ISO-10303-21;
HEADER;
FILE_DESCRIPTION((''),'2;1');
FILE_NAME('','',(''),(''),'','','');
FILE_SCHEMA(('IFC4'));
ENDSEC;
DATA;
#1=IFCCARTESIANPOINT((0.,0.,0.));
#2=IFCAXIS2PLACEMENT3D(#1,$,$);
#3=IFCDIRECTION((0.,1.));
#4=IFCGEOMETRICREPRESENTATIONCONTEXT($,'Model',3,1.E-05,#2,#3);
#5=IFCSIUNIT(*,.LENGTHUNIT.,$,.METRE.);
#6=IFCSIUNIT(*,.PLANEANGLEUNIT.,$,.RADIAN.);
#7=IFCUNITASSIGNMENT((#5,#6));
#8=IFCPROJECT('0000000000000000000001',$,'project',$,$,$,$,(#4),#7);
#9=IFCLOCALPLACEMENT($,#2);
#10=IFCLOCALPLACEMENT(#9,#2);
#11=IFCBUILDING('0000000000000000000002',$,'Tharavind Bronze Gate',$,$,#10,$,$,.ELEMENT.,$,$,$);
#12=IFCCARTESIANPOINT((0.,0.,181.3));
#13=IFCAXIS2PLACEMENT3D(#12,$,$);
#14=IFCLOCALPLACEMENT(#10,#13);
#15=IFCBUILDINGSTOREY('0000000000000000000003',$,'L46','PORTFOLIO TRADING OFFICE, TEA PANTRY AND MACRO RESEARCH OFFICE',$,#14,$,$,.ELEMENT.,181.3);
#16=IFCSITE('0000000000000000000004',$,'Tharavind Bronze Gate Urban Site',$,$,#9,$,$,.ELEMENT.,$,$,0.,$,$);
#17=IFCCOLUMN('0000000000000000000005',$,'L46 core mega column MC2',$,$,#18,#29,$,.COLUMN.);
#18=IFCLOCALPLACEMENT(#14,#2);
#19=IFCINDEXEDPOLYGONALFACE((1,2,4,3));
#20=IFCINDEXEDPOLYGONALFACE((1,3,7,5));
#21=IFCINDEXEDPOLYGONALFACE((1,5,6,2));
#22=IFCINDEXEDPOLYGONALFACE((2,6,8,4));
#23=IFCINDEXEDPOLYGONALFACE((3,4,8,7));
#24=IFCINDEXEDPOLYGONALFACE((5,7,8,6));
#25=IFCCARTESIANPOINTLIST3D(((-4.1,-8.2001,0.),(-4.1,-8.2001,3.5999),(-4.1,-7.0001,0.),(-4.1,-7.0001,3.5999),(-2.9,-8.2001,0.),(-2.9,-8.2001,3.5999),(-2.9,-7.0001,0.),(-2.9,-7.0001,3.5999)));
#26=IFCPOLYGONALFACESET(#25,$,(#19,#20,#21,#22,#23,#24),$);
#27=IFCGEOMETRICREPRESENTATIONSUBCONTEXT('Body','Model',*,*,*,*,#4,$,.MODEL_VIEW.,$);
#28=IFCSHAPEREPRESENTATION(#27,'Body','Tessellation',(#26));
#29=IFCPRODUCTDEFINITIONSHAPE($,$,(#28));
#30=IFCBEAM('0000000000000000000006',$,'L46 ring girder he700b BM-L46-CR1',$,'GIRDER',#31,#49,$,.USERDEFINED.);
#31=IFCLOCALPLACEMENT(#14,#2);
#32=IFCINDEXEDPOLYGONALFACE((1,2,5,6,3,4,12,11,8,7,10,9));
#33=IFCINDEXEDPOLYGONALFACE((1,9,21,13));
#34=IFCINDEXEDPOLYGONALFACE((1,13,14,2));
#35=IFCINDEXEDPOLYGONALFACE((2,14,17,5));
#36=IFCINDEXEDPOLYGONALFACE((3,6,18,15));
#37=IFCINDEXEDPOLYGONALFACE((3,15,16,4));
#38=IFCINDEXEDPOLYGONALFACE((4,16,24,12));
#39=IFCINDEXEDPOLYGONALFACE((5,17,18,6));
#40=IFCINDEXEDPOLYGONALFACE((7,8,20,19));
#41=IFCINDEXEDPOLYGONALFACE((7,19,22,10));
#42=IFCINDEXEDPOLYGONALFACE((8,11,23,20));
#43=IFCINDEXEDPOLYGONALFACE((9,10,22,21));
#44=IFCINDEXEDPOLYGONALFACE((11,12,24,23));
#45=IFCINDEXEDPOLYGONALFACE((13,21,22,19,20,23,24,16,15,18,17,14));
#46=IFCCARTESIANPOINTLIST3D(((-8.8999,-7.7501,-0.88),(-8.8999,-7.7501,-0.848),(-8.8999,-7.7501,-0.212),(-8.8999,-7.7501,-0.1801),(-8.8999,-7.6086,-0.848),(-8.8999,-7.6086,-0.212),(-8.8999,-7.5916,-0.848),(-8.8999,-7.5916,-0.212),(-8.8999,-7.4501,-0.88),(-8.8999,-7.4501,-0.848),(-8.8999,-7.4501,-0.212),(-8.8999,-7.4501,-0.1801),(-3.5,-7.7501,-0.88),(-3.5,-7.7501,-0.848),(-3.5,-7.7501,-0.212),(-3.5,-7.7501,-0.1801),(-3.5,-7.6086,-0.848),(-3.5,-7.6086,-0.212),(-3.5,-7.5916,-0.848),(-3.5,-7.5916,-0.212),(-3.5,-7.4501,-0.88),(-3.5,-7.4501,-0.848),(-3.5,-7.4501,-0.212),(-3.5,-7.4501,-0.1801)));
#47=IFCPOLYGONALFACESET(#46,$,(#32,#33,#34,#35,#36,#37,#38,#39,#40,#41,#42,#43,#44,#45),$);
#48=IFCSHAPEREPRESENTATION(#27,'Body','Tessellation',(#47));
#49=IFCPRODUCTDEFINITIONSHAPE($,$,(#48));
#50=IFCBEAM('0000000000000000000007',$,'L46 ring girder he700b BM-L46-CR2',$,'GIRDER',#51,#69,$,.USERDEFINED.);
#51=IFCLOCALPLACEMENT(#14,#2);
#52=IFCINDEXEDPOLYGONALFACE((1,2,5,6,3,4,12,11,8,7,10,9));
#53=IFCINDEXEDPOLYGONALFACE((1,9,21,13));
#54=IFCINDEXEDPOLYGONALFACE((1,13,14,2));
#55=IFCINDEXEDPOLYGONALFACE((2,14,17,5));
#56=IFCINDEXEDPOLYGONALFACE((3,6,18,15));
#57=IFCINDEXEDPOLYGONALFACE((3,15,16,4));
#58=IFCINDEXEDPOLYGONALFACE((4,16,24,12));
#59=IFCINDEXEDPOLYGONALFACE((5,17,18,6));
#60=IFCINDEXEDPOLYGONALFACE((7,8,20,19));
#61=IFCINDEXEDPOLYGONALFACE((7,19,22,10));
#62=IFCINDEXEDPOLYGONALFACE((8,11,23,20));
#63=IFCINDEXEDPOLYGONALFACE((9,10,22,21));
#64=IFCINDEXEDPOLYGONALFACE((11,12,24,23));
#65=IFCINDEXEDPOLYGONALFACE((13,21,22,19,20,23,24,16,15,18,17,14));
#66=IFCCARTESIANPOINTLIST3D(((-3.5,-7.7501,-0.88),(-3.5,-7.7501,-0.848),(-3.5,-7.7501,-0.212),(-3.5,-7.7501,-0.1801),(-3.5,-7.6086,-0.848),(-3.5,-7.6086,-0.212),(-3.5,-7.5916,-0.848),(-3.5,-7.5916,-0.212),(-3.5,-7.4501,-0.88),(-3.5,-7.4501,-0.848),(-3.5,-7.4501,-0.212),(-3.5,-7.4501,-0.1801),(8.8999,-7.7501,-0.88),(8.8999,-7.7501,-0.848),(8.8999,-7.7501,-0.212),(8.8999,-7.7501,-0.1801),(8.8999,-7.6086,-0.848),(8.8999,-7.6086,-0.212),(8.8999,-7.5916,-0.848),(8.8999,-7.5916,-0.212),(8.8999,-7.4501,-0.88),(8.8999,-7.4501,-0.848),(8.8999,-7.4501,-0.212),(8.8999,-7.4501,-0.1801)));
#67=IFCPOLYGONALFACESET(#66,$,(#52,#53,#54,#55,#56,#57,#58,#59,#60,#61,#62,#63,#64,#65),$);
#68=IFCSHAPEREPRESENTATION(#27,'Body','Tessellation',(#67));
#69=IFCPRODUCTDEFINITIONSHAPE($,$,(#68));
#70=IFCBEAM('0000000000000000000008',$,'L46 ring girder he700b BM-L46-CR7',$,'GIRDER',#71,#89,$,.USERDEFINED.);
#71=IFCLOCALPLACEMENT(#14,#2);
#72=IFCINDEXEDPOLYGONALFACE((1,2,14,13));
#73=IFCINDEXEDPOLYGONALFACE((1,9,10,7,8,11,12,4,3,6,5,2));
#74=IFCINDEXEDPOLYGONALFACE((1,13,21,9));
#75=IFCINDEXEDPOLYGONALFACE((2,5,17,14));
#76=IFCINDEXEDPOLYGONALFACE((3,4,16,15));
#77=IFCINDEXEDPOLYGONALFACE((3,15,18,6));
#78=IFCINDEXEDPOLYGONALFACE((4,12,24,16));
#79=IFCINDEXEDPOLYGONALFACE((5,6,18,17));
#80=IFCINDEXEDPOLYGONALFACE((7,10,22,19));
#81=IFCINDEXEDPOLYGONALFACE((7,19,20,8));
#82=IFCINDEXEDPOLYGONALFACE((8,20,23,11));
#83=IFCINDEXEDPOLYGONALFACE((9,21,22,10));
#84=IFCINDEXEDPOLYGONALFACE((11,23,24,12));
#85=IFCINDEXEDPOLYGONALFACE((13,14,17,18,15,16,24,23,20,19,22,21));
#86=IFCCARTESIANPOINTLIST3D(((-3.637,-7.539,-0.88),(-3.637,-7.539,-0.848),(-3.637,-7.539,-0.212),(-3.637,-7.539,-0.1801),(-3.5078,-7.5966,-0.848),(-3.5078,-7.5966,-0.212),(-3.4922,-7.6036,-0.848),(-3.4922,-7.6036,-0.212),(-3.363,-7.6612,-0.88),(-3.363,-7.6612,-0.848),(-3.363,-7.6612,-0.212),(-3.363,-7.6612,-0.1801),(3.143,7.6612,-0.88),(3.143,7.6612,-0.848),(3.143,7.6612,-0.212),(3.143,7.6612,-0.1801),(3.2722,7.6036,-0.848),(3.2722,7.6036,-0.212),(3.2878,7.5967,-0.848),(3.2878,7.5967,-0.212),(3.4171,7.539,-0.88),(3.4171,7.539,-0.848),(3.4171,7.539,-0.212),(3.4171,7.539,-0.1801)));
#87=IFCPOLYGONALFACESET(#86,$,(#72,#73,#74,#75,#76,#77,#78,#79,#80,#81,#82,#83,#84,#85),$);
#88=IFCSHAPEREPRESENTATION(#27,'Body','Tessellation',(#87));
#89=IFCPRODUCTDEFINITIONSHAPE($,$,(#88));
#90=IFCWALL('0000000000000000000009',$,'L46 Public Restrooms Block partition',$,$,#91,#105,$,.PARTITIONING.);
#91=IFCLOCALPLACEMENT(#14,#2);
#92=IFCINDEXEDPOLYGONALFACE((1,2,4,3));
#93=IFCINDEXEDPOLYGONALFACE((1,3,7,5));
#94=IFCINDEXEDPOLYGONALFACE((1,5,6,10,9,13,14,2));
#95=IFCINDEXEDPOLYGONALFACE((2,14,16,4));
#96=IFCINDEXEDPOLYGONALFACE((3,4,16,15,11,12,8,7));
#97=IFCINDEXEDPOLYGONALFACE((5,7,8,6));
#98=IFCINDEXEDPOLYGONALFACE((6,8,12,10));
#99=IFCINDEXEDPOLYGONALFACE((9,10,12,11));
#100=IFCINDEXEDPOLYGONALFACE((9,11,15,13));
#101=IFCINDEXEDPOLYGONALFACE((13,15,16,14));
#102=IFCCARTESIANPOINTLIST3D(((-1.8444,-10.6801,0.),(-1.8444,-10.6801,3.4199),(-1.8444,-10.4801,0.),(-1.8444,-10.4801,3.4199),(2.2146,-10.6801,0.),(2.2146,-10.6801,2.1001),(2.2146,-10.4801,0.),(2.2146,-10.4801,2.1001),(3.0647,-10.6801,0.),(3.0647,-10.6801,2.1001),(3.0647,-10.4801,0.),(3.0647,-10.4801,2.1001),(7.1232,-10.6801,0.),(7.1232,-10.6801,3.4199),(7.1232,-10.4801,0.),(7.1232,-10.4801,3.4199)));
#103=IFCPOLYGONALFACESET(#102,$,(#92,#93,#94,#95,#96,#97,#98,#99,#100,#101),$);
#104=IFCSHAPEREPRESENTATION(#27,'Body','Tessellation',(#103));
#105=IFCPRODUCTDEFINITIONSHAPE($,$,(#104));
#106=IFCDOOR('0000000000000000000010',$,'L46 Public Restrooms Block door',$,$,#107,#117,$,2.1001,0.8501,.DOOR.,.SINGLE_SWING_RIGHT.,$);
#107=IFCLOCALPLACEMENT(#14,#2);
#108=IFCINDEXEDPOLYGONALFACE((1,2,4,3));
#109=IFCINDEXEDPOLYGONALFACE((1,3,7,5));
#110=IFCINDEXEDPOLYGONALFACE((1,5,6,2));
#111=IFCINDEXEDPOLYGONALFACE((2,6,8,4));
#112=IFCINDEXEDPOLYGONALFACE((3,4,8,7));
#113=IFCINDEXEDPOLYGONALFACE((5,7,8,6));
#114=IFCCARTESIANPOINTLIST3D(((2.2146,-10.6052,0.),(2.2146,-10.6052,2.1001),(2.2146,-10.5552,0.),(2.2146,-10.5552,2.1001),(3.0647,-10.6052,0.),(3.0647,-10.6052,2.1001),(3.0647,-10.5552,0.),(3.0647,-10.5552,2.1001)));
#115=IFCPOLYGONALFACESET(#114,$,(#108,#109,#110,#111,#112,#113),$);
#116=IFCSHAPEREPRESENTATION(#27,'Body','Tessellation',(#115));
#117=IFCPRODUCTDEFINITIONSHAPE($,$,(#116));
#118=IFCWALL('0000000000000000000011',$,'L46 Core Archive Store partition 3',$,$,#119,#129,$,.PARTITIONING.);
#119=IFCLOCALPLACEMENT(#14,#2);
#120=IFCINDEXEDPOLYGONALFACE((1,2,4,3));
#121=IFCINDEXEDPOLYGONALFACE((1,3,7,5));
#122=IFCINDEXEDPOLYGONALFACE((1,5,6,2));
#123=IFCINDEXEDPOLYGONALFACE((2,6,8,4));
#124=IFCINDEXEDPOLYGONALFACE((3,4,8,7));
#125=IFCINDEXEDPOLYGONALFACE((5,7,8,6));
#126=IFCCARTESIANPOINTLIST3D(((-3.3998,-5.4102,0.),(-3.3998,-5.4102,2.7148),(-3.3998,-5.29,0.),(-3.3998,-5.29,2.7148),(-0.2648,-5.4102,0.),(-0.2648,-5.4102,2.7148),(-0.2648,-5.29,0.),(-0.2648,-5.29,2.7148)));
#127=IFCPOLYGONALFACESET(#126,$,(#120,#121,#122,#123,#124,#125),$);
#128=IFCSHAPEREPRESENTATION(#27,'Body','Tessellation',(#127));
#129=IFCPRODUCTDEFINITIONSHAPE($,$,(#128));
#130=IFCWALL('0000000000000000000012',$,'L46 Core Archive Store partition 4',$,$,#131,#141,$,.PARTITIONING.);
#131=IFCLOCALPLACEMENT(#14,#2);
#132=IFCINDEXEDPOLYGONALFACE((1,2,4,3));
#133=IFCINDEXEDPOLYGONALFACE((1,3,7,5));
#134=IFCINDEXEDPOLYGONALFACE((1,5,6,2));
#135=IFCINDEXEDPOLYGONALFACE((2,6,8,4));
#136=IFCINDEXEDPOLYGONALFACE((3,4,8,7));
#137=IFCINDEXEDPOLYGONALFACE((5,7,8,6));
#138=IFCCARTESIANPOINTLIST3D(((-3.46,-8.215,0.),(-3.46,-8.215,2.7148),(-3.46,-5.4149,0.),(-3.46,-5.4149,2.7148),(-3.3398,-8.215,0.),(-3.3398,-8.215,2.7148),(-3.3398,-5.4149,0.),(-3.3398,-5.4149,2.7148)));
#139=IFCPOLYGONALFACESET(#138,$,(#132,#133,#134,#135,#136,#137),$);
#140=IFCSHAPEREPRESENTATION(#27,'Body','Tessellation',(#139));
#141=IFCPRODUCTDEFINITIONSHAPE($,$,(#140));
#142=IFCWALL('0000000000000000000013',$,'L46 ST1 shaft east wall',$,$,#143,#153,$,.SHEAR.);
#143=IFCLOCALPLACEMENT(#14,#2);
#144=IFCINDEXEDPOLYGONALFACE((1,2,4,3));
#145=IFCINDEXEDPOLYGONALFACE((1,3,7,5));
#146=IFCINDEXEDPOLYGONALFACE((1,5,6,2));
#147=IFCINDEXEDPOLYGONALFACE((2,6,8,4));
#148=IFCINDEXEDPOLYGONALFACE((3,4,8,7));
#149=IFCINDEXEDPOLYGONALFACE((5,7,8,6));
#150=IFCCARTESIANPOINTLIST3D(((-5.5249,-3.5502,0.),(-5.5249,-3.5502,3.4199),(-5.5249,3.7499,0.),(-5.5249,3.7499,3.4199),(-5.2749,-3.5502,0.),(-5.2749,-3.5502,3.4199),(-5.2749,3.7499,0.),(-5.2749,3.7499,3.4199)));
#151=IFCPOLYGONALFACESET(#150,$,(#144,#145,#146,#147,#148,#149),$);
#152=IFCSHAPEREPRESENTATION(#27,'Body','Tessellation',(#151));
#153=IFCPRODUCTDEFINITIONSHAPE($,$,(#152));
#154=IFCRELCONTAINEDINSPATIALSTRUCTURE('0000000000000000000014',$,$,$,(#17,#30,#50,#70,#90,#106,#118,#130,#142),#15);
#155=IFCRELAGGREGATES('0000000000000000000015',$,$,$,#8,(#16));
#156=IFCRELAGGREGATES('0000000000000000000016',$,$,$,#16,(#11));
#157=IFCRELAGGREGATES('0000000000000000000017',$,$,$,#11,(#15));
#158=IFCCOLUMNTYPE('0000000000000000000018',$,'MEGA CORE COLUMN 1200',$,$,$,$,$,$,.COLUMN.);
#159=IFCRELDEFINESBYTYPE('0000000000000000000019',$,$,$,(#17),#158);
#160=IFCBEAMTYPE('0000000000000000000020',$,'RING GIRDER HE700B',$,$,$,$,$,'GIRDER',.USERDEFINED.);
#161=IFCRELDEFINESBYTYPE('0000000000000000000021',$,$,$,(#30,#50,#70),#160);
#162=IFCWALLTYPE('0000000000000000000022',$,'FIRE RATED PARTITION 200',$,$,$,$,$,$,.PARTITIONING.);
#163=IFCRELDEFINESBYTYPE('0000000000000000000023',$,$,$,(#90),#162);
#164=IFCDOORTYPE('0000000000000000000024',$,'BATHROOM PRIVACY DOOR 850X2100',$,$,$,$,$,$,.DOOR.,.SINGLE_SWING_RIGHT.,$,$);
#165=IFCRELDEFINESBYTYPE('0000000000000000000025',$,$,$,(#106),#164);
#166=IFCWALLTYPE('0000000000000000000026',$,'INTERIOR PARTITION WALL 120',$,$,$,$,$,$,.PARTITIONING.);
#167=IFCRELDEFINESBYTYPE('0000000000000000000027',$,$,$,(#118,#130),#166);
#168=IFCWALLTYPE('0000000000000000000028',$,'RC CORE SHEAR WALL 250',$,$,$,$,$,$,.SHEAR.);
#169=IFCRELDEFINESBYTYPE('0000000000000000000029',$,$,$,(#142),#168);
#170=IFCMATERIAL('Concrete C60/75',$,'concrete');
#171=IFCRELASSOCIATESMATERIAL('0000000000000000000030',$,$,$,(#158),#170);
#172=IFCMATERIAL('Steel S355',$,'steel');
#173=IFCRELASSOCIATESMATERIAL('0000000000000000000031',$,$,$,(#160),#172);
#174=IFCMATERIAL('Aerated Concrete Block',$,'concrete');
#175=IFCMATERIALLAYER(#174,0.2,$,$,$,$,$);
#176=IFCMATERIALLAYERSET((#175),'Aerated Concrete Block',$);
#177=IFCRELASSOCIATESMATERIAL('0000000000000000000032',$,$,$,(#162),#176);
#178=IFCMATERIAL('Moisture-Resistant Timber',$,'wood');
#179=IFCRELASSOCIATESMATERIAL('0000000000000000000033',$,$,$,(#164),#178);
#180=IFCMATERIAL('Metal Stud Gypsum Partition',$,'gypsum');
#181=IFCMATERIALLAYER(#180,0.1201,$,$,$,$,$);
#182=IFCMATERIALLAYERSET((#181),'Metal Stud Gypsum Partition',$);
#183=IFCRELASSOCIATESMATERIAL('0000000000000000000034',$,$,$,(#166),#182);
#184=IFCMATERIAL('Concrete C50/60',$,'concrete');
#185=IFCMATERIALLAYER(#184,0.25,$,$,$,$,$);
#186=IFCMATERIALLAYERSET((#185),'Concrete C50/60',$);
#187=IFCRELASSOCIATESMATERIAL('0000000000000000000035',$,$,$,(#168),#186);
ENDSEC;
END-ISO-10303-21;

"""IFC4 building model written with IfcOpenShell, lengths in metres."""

from ifc_helpers import new_model, si_unit, direction, frame, frame_2d, origin, origin_2d, place, context, subcontext, project, spatial, rectangle, i_section, extrude, material, layer, layer_set, material_profile, profile_set, type_object, element, fill, save


model = new_model("IFC4")

# Units and contexts
model_context = context("Model", 3, precision=1e-05, world=origin(), true_north=direction((0.0, 1.0)))
body_context = subcontext(model_context, "Body", "Model", "MODEL_VIEW")
ifc_project = project(units=[si_unit("LENGTHUNIT", "METRE"), si_unit("PLANEANGLEUNIT", "RADIAN")], contexts=[model_context])

# Site, building, storey
site_placement = place(None, origin())
site = spatial("IfcSite", under=ifc_project, at=site_placement, Name="Tharavind Bronze Gate Urban Site", CompositionType="ELEMENT", RefElevation=0.0)
building_placement = place(site_placement, origin())
building = spatial("IfcBuilding", under=site, at=building_placement, Name="Tharavind Bronze Gate", CompositionType="ELEMENT")
storey_placement = place(building_placement, frame((0.0, 0.0, 181.3)))
storey = spatial("IfcBuildingStorey", under=building, at=storey_placement, Name="L46", Description="PORTFOLIO TRADING OFFICE, TEA PANTRY AND MACRO RESEARCH OFFICE", CompositionType="ELEMENT", Elevation=181.3)

# Column
ifc_material_1 = material(Name="Concrete C60/75", Category="concrete")
ifc_material_profile_1 = material_profile(ifc_material_1, rectangle(XDim=1.2, YDim=1.2, at=origin_2d()), Name="RCCOL1200")
ifc_profile_set_1 = profile_set([ifc_material_profile_1], Name="Concrete C60/75")
column_type = type_object("IfcColumnType", Name="MEGA CORE COLUMN 1200", PredefinedType="COLUMN", material=ifc_profile_set_1)
column_placement = place(storey_placement, frame((-3.5, -7.6001, 0.0), z_axis=(0.0, 0.0, 1.0), x_axis=(1.0, 0.0, 0.0)))
element("IfcColumn", 1, at=column_placement, inside=storey, type_object=column_type, Name="L46 core mega column MC2", PredefinedType="COLUMN", context=body_context, shape_type="SweptSolid", body=[
    extrude(rectangle(XDim=1.2, YDim=1.2, at=origin_2d()), origin(), (0.0, 0.0, 1.0), 3.5999),
])

# Beams
ifc_material_2 = material(Name="Steel S355", Category="steel")
ifc_material_profile_2 = material_profile(ifc_material_2, i_section(OverallWidth=0.3, OverallDepth=0.7, WebThickness=0.0171, FlangeThickness=0.032, at=origin_2d()), Name="HE700B")
ifc_profile_set_2 = profile_set([ifc_material_profile_2], Name="Steel S355")
beam_type = type_object("IfcBeamType", Name="RING GIRDER HE700B", ElementType="GIRDER", PredefinedType="USERDEFINED", material=ifc_profile_set_2)
beam_1_placement = place(storey_placement, frame((-8.8999, -7.6001, -0.53), z_axis=(1.0, 0.0, 0.0), x_axis=(0.0, 1.0, 0.0)))
element("IfcBeam", 2, at=beam_1_placement, inside=storey, type_object=beam_type, Name="L46 ring girder he700b BM-L46-CR1", ObjectType="GIRDER", PredefinedType="USERDEFINED", context=body_context, shape_type="SweptSolid", body=[
    extrude(i_section(OverallWidth=0.3, OverallDepth=0.7, WebThickness=0.0171, FlangeThickness=0.032, at=origin_2d()), origin(), (0.0, 0.0, 1.0), 5.3999),
])
beam_2_placement = place(storey_placement, frame((-3.5, -7.6001, -0.53), z_axis=(1.0, 0.0, 0.0), x_axis=(0.0, 1.0, 0.0)))
element("IfcBeam", 3, at=beam_2_placement, inside=storey, type_object=beam_type, Name="L46 ring girder he700b BM-L46-CR2", ObjectType="GIRDER", PredefinedType="USERDEFINED", context=body_context, shape_type="SweptSolid", body=[
    extrude(i_section(OverallWidth=0.3, OverallDepth=0.7, WebThickness=0.0171, FlangeThickness=0.032, at=origin_2d()), origin(), (0.0, 0.0, 1.0), 12.3999),
])
beam_3_placement = place(storey_placement, frame((-3.5, -7.6001, -0.53), z_axis=(0.407362, 0.913267, 0.0), x_axis=(-0.913267, 0.407362, 0.0)))
element("IfcBeam", 4, at=beam_3_placement, inside=storey, type_object=beam_type, Name="L46 ring girder he700b BM-L46-CR7", ObjectType="GIRDER", PredefinedType="USERDEFINED", context=body_context, shape_type="SweptSolid", body=[
    extrude(i_section(OverallWidth=0.3, OverallDepth=0.7, WebThickness=0.0171, FlangeThickness=0.032, at=origin_2d()), origin(), (0.0, 0.0, 1.0), 16.6438),
])

# Wall, opening, door
ifc_material_3 = material(Name="Aerated Concrete Block", Category="concrete")
ifc_layer_1 = layer(ifc_material_3, 0.2)
ifc_layer_set_1 = layer_set([ifc_layer_1], Name="Aerated Concrete Block")
wall_type_1 = type_object("IfcWallType", Name="FIRE RATED PARTITION 200", PredefinedType="PARTITIONING", material=ifc_layer_set_1)
wall_1_placement = place(storey_placement, frame((-1.8445, -10.5801, 0.0), z_axis=(0.0, 0.0, 1.0), x_axis=(1.0, 0.0, 0.0)))
wall_1 = element("IfcWall", 5, at=wall_1_placement, inside=storey, type_object=wall_type_1, Name="L46 Public Restrooms Block partition", PredefinedType="PARTITIONING", context=body_context, shape_type="SweptSolid", body=[
    extrude(rectangle(XDim=8.9675, YDim=0.2, at=frame_2d((4.4839, 0.0))), origin(), (0.0, 0.0, 1.0), 3.4199),
])
opening_1_placement = place(wall_1_placement, frame((4.0591, 0.0, 0.0)))
opening_1 = element("IfcOpeningElement", 6, at=opening_1_placement, cuts=wall_1, PredefinedType="OPENING", context=body_context, shape_type="SweptSolid", body=[
    extrude(rectangle(XDim=0.8501, YDim=2.1001, at=frame_2d((0.425, 1.05))), frame((0.0, 0.1101, 0.0), z_axis=(0.0, -1.0, 0.0), x_axis=(1.0, 0.0, 0.0)), (0.0, 0.0, 1.0), 0.22),
])
ifc_material_4 = material(Name="Moisture-Resistant Timber", Category="wood")
door_type_1 = type_object("IfcDoorType", Name="BATHROOM PRIVACY DOOR 850X2100", OperationType="SINGLE_SWING_RIGHT", PredefinedType="DOOR", material=ifc_material_4)
door_1_placement = place(opening_1_placement, origin())
door_1 = element("IfcDoor", 7, at=door_1_placement, inside=storey, type_object=door_type_1, Name="L46 Public Restrooms Block door", OperationType="SINGLE_SWING_RIGHT", OverallHeight=2.1001, OverallWidth=0.8501, PredefinedType="DOOR", context=body_context, shape_type="SweptSolid", body=[
    extrude(rectangle(XDim=0.8501, YDim=2.1001, at=frame_2d((0.425, 1.05))), frame((0.0, 0.0249, 0.0), z_axis=(0.0, -1.0, 0.0), x_axis=(1.0, 0.0, 0.0)), (0.0, 0.0, 1.0), 0.05),
])
fill(opening_1, door_1)

# Walls
ifc_material_5 = material(Name="Metal Stud Gypsum Partition", Category="gypsum")
ifc_layer_2 = layer(ifc_material_5, 0.1201)
ifc_layer_set_2 = layer_set([ifc_layer_2], Name="Metal Stud Gypsum Partition")
wall_type_2 = type_object("IfcWallType", Name="INTERIOR PARTITION WALL 120", PredefinedType="PARTITIONING", material=ifc_layer_set_2)
wall_2_placement = place(storey_placement, frame((-0.2649, -5.3501, 0.0), z_axis=(0.0, 0.0, 1.0), x_axis=(-1.0, 0.0, 0.0)))
element("IfcWall", 8, at=wall_2_placement, inside=storey, type_object=wall_type_2, Name="L46 Core Archive Store partition 3", PredefinedType="PARTITIONING", context=body_context, shape_type="SweptSolid", body=[
    extrude(rectangle(XDim=3.135, YDim=0.1201, at=frame_2d((1.5674, 0.0))), origin(), (0.0, 0.0, 1.0), 2.7148),
])
wall_3_placement = place(storey_placement, frame((-3.3999, -5.415, 0.0), z_axis=(0.0, 0.0, 1.0), x_axis=(0.0, -1.0, 0.0)))
element("IfcWall", 9, at=wall_3_placement, inside=storey, type_object=wall_type_2, Name="L46 Core Archive Store partition 4", PredefinedType="PARTITIONING", context=body_context, shape_type="SweptSolid", body=[
    extrude(rectangle(XDim=2.8, YDim=0.1201, at=frame_2d((1.3999, 0.0))), origin(), (0.0, 0.0, 1.0), 2.7148),
])
ifc_material_6 = material(Name="Concrete C50/60", Category="concrete")
ifc_layer_3 = layer(ifc_material_6, 0.25)
ifc_layer_set_3 = layer_set([ifc_layer_3], Name="Concrete C50/60")
wall_type_3 = type_object("IfcWallType", Name="RC CORE SHEAR WALL 250", PredefinedType="SHEAR", material=ifc_layer_set_3)
wall_4_placement = place(storey_placement, frame((-5.3999, -3.55, 0.0), z_axis=(0.0, 0.0, 1.0), x_axis=(0.0, 1.0, 0.0)))
element("IfcWall", 10, at=wall_4_placement, inside=storey, type_object=wall_type_3, Name="L46 ST1 shaft east wall", PredefinedType="SHEAR", context=body_context, shape_type="SweptSolid", body=[
    extrude(rectangle(XDim=7.3, YDim=0.25, at=frame_2d((3.6499, 0.0))), origin(), (0.0, 0.0, 1.0), 3.4199),
])

save(model, "model.ifc")
